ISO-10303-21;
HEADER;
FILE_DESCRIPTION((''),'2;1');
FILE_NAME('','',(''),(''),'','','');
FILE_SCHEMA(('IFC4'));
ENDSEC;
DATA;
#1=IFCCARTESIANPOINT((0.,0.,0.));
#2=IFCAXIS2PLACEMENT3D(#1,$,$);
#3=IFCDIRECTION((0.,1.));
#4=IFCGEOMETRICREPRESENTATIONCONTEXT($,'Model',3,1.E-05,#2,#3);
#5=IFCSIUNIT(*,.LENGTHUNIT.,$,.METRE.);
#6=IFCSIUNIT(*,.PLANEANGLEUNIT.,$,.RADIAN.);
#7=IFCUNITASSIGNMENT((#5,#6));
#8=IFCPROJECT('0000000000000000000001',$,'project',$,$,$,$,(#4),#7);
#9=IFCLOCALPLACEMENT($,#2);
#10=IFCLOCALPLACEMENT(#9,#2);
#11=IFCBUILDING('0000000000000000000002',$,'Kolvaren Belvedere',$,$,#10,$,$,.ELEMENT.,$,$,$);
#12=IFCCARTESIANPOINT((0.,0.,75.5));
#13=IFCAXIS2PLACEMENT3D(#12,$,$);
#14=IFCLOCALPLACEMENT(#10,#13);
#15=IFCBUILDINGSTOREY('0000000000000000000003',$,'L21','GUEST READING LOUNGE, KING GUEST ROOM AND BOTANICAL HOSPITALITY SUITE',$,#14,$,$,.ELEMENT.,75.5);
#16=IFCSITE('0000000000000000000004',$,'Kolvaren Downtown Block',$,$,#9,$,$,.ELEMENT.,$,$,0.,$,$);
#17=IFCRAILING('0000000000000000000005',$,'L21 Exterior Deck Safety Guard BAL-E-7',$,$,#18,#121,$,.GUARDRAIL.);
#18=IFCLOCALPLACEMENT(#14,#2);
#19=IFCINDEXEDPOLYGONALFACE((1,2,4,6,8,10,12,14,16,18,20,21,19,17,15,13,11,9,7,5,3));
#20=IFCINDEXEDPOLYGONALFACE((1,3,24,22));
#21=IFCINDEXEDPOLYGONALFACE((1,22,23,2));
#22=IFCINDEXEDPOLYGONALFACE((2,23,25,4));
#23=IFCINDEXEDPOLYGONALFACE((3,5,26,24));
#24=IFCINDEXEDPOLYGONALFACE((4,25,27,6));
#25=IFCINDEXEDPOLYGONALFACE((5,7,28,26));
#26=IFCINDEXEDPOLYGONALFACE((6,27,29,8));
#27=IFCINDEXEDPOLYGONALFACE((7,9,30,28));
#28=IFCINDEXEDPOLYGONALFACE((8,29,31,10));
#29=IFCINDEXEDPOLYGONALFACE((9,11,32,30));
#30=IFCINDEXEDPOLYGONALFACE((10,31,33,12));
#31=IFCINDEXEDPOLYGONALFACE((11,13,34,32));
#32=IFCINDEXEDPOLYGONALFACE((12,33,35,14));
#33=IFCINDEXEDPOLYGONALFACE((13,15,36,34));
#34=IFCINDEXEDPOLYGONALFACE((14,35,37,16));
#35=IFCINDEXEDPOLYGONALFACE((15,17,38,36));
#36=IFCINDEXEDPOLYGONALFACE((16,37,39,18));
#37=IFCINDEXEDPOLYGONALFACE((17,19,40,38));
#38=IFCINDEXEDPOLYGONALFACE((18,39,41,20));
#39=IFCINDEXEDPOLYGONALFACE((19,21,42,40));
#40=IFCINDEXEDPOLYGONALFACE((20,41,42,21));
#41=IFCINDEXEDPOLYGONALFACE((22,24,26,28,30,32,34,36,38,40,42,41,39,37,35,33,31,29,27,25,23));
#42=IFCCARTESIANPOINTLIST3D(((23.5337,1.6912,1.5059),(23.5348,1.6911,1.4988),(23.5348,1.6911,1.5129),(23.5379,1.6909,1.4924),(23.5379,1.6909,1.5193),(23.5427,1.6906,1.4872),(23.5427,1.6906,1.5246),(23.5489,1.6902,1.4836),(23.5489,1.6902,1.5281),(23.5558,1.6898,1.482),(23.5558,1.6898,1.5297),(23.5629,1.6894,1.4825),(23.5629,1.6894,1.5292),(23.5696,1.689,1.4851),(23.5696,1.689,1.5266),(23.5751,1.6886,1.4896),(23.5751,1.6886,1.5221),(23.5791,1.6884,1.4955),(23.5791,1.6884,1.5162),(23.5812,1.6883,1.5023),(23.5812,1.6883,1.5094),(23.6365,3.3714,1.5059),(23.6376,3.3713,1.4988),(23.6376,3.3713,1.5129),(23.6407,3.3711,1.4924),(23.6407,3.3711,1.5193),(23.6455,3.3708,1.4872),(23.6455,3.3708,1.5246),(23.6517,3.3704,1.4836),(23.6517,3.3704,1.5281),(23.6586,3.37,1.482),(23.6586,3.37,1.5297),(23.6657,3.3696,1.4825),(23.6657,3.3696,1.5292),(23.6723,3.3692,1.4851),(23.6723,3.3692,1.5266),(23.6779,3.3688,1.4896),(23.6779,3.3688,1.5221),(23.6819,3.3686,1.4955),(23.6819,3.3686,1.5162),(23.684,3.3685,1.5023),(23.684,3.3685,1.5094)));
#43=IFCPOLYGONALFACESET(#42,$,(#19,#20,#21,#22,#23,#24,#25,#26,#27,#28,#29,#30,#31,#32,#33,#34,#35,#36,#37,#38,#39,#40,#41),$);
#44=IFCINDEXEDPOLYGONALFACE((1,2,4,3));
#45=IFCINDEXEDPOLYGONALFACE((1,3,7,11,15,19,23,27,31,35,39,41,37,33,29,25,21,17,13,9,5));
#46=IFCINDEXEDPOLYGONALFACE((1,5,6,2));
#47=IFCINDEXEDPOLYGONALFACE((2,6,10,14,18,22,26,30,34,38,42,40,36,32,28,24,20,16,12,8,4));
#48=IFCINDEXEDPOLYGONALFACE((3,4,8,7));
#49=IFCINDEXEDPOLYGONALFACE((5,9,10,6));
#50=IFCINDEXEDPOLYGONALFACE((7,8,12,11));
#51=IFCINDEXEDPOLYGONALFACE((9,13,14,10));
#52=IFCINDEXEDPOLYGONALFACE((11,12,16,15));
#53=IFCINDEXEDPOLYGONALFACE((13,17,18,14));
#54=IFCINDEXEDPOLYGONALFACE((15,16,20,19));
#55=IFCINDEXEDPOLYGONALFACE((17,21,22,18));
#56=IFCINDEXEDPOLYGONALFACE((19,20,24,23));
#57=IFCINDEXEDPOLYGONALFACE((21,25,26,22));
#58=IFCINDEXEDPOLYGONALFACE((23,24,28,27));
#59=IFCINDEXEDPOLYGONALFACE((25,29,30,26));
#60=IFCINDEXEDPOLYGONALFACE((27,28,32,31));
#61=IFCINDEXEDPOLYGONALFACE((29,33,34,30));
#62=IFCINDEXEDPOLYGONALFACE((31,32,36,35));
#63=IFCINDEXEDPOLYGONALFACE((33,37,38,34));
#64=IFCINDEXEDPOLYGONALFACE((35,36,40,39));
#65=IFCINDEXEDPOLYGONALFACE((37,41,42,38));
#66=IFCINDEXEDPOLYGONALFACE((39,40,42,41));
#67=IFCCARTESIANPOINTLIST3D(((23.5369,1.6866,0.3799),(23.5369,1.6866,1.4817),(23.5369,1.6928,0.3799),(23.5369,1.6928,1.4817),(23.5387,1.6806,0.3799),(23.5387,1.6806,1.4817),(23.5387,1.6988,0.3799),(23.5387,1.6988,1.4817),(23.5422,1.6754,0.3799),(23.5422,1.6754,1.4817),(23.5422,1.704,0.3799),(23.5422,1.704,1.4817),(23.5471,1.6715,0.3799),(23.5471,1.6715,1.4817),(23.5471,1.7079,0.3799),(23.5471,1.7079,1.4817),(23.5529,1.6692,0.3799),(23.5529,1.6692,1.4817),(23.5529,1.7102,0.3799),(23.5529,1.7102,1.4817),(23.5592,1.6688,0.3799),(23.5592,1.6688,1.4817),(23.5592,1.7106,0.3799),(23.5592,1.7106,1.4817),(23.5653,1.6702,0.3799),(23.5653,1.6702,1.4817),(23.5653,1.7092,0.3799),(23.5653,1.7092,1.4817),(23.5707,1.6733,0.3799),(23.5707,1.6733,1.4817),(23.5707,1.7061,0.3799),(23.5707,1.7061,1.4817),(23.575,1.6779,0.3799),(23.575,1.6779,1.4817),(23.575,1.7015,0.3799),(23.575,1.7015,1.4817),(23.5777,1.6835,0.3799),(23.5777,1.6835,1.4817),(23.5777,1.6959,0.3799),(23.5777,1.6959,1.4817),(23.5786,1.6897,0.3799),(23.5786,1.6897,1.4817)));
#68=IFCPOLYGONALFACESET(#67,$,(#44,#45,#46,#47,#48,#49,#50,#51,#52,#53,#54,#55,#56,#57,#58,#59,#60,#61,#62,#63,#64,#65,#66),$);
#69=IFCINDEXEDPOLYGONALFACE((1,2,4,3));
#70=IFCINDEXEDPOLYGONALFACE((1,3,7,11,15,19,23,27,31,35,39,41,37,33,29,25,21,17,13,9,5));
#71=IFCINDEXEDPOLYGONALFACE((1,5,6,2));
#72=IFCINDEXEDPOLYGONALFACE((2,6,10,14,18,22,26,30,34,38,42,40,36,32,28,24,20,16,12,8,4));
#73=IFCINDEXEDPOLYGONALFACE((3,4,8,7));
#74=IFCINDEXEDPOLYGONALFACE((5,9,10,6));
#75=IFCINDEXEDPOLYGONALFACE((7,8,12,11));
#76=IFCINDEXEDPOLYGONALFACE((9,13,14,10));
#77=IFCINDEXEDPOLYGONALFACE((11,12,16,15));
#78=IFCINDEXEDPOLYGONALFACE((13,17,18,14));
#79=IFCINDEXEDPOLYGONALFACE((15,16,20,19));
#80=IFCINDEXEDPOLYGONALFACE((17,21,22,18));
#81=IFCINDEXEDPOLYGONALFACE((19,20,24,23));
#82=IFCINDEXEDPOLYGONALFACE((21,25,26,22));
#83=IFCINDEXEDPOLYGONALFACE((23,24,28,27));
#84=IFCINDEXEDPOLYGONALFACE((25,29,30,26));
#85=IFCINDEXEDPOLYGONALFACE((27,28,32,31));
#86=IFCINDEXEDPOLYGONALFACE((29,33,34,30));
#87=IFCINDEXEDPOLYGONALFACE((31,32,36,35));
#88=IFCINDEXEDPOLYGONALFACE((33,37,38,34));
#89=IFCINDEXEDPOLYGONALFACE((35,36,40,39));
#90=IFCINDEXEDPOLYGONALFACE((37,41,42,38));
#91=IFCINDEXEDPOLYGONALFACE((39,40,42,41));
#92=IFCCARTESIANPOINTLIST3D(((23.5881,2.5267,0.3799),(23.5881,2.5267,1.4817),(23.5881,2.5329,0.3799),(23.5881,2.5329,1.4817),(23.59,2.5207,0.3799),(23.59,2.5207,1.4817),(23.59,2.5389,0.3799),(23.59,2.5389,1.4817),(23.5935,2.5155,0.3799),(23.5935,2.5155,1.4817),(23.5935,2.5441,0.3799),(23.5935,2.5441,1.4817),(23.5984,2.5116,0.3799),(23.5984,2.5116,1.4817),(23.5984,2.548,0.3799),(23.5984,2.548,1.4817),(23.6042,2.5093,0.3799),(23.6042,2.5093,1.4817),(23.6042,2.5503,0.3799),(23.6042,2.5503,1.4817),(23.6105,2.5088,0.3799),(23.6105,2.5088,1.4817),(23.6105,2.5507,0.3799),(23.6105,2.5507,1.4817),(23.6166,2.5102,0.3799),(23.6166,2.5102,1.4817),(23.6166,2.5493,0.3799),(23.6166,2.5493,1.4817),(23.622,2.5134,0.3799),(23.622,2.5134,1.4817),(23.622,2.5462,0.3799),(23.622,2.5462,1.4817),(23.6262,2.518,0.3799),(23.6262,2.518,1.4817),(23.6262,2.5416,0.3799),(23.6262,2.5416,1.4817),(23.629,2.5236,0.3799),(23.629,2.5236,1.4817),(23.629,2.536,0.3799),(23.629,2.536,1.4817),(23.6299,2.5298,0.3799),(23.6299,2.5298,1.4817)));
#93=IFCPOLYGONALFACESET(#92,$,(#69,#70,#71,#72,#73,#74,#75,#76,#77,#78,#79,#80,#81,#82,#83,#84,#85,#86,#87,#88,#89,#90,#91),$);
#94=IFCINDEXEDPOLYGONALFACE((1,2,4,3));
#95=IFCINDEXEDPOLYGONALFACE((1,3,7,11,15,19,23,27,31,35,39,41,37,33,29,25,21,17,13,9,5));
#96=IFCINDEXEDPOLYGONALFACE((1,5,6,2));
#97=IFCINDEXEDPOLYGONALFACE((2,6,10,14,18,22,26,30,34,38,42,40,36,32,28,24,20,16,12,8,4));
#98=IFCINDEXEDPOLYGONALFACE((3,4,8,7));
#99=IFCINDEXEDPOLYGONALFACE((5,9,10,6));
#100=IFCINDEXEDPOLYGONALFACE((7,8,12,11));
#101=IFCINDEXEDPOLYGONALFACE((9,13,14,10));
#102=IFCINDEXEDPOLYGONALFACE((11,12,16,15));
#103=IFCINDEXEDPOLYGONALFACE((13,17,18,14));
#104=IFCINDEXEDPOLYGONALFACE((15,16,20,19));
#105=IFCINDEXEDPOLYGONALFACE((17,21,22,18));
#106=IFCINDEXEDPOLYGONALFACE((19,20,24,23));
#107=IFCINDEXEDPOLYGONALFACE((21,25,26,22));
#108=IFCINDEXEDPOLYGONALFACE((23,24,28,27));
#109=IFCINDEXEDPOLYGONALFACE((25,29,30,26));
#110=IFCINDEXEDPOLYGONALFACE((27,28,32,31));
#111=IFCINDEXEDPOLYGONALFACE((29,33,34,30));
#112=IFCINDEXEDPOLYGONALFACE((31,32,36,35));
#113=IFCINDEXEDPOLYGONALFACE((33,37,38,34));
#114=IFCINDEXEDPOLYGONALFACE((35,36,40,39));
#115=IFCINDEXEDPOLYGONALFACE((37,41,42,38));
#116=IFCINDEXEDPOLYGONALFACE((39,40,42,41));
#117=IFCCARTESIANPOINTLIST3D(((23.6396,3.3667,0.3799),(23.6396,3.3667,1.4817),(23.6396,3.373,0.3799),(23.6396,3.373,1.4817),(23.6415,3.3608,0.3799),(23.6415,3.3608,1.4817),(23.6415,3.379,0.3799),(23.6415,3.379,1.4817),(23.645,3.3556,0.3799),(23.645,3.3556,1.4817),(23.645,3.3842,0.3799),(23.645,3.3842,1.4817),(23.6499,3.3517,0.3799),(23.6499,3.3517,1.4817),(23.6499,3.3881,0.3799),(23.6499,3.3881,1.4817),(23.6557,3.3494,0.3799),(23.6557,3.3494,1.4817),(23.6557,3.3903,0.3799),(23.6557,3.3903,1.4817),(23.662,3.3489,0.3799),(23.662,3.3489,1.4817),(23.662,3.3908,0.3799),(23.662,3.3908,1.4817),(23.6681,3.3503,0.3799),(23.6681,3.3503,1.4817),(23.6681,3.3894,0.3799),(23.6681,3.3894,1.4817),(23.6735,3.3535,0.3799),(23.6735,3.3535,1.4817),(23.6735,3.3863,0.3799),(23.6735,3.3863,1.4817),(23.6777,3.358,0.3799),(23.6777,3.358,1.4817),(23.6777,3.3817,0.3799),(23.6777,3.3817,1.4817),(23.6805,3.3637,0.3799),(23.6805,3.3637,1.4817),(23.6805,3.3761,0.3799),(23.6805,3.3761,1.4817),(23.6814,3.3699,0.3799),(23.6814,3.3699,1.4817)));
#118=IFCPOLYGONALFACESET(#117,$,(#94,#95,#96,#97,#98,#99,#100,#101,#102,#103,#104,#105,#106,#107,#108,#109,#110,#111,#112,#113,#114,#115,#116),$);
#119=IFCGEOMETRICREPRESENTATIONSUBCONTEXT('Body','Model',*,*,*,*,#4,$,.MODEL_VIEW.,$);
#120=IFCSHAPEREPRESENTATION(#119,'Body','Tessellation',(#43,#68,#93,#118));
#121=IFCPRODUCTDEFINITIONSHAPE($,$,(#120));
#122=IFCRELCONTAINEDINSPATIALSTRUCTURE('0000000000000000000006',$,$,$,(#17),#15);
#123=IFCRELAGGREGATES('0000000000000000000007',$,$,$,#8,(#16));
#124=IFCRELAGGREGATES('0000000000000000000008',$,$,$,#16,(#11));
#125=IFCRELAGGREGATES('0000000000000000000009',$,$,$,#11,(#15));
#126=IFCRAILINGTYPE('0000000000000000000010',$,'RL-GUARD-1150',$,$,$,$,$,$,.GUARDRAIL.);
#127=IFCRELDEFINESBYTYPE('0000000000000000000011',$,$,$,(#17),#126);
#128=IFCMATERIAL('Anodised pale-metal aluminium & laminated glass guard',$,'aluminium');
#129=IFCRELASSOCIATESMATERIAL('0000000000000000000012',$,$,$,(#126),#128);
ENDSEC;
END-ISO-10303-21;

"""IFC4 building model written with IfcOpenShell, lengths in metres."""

from ifc_helpers import new_model, si_unit, direction, frame, origin, origin_2d, place, context, subcontext, project, spatial, circle, extrude, material, type_object, element, save


model = new_model("IFC4")

# Units and contexts
model_context = context("Model", 3, precision=1e-05, world=origin(), true_north=direction((0.0, 1.0)))
body_context = subcontext(model_context, "Body", "Model", "MODEL_VIEW")
ifc_project = project(units=[si_unit("LENGTHUNIT", "METRE"), si_unit("PLANEANGLEUNIT", "RADIAN")], contexts=[model_context])

# Site, building, storey
site_placement = place(None, origin())
site = spatial("IfcSite", under=ifc_project, at=site_placement, Name="Kolvaren Downtown Block", CompositionType="ELEMENT", RefElevation=0.0)
building_placement = place(site_placement, origin())
building = spatial("IfcBuilding", under=site, at=building_placement, Name="Kolvaren Belvedere", CompositionType="ELEMENT")
storey_placement = place(building_placement, frame((0.0, 0.0, 75.5)))
storey = spatial("IfcBuildingStorey", under=building, at=storey_placement, Name="L21", Description="GUEST READING LOUNGE, KING GUEST ROOM AND BOTANICAL HOSPITALITY SUITE", CompositionType="ELEMENT", Elevation=75.5)

# Railing
ifc_material_1 = material(Name="Anodised pale-metal aluminium & laminated glass guard", Category="aluminium")
railing_type = type_object("IfcRailingType", Name="RL-GUARD-1150", PredefinedType="GUARDRAIL", material=ifc_material_1)
railing_1_placement = place(storey_placement, frame((23.5576, 1.6897, 0.3799)))
element("IfcRailing", 1, at=railing_1_placement, inside=storey, type_object=railing_type, Name="L21 Exterior Deck Safety Guard BAL-E-7", PredefinedType="GUARDRAIL", context=body_context, shape_type="SweptSolid", body=[
    extrude(circle(Radius=0.0239, at=origin_2d()), frame((0.0, 0.0, 1.126), z_axis=(0.06106, 0.998134, 0.0), x_axis=(-0.998134, 0.06106, 0.0)), (0.0, 0.0, 1.0), 1.6833),
    extrude(circle(Radius=0.021, at=origin_2d()), origin(), (0.0, 0.0, 1.0), 1.1018),
    extrude(circle(Radius=0.021, at=origin_2d()), frame((0.0513, 0.8401, 0.0)), (0.0, 0.0, 1.0), 1.1018),
    extrude(circle(Radius=0.021, at=origin_2d()), frame((0.1028, 1.6802, 0.0)), (0.0, 0.0, 1.0), 1.1018),
])

save(model, "model.ifc")
